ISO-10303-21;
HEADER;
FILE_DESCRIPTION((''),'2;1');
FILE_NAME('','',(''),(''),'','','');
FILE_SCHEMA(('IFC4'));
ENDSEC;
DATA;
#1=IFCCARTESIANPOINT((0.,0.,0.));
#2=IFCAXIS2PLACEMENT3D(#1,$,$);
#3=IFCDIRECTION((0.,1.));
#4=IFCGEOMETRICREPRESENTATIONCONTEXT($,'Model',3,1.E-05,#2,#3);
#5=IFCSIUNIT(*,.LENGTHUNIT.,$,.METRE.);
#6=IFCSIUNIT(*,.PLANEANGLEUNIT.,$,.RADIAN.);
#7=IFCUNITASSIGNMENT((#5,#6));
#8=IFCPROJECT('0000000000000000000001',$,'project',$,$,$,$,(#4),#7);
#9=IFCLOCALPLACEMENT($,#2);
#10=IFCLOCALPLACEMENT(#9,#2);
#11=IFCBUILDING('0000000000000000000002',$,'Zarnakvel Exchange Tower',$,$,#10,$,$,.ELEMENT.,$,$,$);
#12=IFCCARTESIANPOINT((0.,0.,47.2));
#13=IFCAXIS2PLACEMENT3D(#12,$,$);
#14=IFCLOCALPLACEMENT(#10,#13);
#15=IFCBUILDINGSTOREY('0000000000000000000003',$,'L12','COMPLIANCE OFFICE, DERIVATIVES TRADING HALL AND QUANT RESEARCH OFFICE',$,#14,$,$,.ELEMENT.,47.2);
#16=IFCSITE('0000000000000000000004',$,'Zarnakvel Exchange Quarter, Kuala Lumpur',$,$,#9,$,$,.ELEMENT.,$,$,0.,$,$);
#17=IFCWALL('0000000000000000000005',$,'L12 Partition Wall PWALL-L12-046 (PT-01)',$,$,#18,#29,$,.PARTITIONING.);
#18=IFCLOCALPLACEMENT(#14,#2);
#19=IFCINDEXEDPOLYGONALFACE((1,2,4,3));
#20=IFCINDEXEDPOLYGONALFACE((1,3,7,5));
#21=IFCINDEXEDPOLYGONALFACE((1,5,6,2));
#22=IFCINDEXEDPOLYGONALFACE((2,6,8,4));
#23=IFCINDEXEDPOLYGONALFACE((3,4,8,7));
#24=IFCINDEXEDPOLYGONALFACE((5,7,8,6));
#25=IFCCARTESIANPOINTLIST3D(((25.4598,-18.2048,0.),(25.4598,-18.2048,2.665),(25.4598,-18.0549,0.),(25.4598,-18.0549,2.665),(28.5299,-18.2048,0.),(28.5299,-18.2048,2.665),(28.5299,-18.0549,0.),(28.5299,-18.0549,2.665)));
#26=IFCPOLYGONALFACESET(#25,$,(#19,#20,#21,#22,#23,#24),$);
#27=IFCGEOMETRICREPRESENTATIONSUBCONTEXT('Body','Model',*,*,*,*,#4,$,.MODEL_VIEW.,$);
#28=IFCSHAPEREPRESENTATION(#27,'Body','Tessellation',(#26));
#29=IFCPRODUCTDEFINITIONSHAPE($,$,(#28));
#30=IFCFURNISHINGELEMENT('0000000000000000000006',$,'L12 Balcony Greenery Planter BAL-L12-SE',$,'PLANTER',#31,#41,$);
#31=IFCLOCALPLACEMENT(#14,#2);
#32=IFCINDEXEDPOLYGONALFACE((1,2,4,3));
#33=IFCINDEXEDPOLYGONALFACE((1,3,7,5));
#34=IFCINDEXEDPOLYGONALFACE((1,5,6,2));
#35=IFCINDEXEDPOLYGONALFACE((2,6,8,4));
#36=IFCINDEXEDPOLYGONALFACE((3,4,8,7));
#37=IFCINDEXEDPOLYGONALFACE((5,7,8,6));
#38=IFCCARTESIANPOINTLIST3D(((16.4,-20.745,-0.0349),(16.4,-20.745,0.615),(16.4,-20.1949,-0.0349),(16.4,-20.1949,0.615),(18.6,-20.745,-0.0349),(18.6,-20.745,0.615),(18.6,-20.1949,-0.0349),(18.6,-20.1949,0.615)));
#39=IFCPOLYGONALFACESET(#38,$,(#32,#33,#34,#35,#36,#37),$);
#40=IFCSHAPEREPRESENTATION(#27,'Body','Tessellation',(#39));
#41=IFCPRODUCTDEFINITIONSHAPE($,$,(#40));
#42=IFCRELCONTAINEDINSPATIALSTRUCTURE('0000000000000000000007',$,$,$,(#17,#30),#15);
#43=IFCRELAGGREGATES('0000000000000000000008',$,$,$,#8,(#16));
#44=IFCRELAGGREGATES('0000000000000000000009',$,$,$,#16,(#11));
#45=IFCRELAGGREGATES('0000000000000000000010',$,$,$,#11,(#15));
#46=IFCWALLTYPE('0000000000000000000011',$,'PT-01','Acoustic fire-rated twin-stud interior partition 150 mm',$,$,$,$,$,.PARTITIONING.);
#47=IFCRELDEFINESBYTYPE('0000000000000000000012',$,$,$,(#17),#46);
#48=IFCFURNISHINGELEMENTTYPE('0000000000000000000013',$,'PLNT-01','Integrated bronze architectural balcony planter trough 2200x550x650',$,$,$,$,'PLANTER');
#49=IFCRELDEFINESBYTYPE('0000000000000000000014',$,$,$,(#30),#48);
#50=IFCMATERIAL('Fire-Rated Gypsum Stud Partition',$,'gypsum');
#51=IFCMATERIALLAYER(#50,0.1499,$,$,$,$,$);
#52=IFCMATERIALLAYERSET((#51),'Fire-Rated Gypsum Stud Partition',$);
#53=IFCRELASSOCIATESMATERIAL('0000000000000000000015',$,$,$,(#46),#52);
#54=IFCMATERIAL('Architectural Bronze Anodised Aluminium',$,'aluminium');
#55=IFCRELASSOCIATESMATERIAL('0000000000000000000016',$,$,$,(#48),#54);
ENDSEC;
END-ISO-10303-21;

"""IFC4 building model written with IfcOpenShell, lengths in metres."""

from ifc_helpers import new_model, si_unit, direction, frame, frame_2d, origin, origin_2d, place, context, subcontext, project, spatial, rectangle, extrude, source, transform, mapped, material, layer, layer_set, type_object, element, save


model = new_model("IFC4")

# Units and contexts
model_context = context("Model", 3, precision=1e-05, world=origin(), true_north=direction((0.0, 1.0)))
body_context = subcontext(model_context, "Body", "Model", "MODEL_VIEW")
ifc_project = project(units=[si_unit("LENGTHUNIT", "METRE"), si_unit("PLANEANGLEUNIT", "RADIAN")], contexts=[model_context])

# Site, building, storey
site_placement = place(None, origin())
site = spatial("IfcSite", under=ifc_project, at=site_placement, Name="Zarnakvel Exchange Quarter, Kuala Lumpur", CompositionType="ELEMENT", RefElevation=0.0)
building_placement = place(site_placement, origin())
building = spatial("IfcBuilding", under=site, at=building_placement, Name="Zarnakvel Exchange Tower", CompositionType="ELEMENT")
storey_placement = place(building_placement, frame((0.0, 0.0, 47.2)))
storey = spatial("IfcBuildingStorey", under=building, at=storey_placement, Name="L12", Description="COMPLIANCE OFFICE, DERIVATIVES TRADING HALL AND QUANT RESEARCH OFFICE", CompositionType="ELEMENT", Elevation=47.2)

# Shared definitions
ifc_material_1 = material(Name="Architectural Bronze Anodised Aluminium", Category="aluminium")

# Wall
ifc_material_2 = material(Name="Fire-Rated Gypsum Stud Partition", Category="gypsum")
ifc_layer_1 = layer(ifc_material_2, 0.1499)
ifc_layer_set_1 = layer_set([ifc_layer_1], Name="Fire-Rated Gypsum Stud Partition")
wall_type_1 = type_object("IfcWallType", Name="PT-01", Description="Acoustic fire-rated twin-stud interior partition 150 mm", PredefinedType="PARTITIONING", material=ifc_layer_set_1)
wall_1_placement = place(storey_placement, frame((28.53, -18.1299, 0.0), z_axis=(0.0, 0.0, 1.0), x_axis=(-1.0, 0.0, 0.0)))
element("IfcWall", 1, at=wall_1_placement, inside=storey, type_object=wall_type_1, Name="L12 Partition Wall PWALL-L12-046 (PT-01)", PredefinedType="PARTITIONING", context=body_context, shape_type="SweptSolid", body=[
    extrude(rectangle(XDim=3.0701, YDim=0.1499, at=frame_2d((1.5352, 0.0))), origin(), (0.0, 0.0, 1.0), 2.665),
])

# Furnishing element
furnishing_element_type = type_object("IfcFurnishingElementType", Name="PLNT-01", Description="Integrated bronze architectural balcony planter trough 2200x550x650", ElementType="PLANTER", material=ifc_material_1)
shared_shape_1 = source(origin(), body_context, "Body", "SweptSolid", [
    extrude(rectangle(XDim=2.2, YDim=0.55, at=origin_2d()), origin(), (0.0, 0.0, 1.0), 0.6499),
])
furnishing_placement = place(storey_placement, frame((17.5, -20.47, -0.0349), z_axis=(0.0, 0.0, 1.0), x_axis=(1.0, 0.0, 0.0)))
element("IfcFurnishingElement", 2, at=furnishing_placement, inside=storey, type_object=furnishing_element_type, Name="L12 Balcony Greenery Planter BAL-L12-SE", ObjectType="PLANTER", context=body_context, shape_type="MappedRepresentation", body=[
    mapped(shared_shape_1, transform((0.0, 0.0, 0.0), x_axis=(1.0, 0.0, 0.0), y_axis=(0.0, 1.0, 0.0), z_axis=(0.0, 0.0, 1.0), scale=1.0)),
])

save(model, "model.ifc")
